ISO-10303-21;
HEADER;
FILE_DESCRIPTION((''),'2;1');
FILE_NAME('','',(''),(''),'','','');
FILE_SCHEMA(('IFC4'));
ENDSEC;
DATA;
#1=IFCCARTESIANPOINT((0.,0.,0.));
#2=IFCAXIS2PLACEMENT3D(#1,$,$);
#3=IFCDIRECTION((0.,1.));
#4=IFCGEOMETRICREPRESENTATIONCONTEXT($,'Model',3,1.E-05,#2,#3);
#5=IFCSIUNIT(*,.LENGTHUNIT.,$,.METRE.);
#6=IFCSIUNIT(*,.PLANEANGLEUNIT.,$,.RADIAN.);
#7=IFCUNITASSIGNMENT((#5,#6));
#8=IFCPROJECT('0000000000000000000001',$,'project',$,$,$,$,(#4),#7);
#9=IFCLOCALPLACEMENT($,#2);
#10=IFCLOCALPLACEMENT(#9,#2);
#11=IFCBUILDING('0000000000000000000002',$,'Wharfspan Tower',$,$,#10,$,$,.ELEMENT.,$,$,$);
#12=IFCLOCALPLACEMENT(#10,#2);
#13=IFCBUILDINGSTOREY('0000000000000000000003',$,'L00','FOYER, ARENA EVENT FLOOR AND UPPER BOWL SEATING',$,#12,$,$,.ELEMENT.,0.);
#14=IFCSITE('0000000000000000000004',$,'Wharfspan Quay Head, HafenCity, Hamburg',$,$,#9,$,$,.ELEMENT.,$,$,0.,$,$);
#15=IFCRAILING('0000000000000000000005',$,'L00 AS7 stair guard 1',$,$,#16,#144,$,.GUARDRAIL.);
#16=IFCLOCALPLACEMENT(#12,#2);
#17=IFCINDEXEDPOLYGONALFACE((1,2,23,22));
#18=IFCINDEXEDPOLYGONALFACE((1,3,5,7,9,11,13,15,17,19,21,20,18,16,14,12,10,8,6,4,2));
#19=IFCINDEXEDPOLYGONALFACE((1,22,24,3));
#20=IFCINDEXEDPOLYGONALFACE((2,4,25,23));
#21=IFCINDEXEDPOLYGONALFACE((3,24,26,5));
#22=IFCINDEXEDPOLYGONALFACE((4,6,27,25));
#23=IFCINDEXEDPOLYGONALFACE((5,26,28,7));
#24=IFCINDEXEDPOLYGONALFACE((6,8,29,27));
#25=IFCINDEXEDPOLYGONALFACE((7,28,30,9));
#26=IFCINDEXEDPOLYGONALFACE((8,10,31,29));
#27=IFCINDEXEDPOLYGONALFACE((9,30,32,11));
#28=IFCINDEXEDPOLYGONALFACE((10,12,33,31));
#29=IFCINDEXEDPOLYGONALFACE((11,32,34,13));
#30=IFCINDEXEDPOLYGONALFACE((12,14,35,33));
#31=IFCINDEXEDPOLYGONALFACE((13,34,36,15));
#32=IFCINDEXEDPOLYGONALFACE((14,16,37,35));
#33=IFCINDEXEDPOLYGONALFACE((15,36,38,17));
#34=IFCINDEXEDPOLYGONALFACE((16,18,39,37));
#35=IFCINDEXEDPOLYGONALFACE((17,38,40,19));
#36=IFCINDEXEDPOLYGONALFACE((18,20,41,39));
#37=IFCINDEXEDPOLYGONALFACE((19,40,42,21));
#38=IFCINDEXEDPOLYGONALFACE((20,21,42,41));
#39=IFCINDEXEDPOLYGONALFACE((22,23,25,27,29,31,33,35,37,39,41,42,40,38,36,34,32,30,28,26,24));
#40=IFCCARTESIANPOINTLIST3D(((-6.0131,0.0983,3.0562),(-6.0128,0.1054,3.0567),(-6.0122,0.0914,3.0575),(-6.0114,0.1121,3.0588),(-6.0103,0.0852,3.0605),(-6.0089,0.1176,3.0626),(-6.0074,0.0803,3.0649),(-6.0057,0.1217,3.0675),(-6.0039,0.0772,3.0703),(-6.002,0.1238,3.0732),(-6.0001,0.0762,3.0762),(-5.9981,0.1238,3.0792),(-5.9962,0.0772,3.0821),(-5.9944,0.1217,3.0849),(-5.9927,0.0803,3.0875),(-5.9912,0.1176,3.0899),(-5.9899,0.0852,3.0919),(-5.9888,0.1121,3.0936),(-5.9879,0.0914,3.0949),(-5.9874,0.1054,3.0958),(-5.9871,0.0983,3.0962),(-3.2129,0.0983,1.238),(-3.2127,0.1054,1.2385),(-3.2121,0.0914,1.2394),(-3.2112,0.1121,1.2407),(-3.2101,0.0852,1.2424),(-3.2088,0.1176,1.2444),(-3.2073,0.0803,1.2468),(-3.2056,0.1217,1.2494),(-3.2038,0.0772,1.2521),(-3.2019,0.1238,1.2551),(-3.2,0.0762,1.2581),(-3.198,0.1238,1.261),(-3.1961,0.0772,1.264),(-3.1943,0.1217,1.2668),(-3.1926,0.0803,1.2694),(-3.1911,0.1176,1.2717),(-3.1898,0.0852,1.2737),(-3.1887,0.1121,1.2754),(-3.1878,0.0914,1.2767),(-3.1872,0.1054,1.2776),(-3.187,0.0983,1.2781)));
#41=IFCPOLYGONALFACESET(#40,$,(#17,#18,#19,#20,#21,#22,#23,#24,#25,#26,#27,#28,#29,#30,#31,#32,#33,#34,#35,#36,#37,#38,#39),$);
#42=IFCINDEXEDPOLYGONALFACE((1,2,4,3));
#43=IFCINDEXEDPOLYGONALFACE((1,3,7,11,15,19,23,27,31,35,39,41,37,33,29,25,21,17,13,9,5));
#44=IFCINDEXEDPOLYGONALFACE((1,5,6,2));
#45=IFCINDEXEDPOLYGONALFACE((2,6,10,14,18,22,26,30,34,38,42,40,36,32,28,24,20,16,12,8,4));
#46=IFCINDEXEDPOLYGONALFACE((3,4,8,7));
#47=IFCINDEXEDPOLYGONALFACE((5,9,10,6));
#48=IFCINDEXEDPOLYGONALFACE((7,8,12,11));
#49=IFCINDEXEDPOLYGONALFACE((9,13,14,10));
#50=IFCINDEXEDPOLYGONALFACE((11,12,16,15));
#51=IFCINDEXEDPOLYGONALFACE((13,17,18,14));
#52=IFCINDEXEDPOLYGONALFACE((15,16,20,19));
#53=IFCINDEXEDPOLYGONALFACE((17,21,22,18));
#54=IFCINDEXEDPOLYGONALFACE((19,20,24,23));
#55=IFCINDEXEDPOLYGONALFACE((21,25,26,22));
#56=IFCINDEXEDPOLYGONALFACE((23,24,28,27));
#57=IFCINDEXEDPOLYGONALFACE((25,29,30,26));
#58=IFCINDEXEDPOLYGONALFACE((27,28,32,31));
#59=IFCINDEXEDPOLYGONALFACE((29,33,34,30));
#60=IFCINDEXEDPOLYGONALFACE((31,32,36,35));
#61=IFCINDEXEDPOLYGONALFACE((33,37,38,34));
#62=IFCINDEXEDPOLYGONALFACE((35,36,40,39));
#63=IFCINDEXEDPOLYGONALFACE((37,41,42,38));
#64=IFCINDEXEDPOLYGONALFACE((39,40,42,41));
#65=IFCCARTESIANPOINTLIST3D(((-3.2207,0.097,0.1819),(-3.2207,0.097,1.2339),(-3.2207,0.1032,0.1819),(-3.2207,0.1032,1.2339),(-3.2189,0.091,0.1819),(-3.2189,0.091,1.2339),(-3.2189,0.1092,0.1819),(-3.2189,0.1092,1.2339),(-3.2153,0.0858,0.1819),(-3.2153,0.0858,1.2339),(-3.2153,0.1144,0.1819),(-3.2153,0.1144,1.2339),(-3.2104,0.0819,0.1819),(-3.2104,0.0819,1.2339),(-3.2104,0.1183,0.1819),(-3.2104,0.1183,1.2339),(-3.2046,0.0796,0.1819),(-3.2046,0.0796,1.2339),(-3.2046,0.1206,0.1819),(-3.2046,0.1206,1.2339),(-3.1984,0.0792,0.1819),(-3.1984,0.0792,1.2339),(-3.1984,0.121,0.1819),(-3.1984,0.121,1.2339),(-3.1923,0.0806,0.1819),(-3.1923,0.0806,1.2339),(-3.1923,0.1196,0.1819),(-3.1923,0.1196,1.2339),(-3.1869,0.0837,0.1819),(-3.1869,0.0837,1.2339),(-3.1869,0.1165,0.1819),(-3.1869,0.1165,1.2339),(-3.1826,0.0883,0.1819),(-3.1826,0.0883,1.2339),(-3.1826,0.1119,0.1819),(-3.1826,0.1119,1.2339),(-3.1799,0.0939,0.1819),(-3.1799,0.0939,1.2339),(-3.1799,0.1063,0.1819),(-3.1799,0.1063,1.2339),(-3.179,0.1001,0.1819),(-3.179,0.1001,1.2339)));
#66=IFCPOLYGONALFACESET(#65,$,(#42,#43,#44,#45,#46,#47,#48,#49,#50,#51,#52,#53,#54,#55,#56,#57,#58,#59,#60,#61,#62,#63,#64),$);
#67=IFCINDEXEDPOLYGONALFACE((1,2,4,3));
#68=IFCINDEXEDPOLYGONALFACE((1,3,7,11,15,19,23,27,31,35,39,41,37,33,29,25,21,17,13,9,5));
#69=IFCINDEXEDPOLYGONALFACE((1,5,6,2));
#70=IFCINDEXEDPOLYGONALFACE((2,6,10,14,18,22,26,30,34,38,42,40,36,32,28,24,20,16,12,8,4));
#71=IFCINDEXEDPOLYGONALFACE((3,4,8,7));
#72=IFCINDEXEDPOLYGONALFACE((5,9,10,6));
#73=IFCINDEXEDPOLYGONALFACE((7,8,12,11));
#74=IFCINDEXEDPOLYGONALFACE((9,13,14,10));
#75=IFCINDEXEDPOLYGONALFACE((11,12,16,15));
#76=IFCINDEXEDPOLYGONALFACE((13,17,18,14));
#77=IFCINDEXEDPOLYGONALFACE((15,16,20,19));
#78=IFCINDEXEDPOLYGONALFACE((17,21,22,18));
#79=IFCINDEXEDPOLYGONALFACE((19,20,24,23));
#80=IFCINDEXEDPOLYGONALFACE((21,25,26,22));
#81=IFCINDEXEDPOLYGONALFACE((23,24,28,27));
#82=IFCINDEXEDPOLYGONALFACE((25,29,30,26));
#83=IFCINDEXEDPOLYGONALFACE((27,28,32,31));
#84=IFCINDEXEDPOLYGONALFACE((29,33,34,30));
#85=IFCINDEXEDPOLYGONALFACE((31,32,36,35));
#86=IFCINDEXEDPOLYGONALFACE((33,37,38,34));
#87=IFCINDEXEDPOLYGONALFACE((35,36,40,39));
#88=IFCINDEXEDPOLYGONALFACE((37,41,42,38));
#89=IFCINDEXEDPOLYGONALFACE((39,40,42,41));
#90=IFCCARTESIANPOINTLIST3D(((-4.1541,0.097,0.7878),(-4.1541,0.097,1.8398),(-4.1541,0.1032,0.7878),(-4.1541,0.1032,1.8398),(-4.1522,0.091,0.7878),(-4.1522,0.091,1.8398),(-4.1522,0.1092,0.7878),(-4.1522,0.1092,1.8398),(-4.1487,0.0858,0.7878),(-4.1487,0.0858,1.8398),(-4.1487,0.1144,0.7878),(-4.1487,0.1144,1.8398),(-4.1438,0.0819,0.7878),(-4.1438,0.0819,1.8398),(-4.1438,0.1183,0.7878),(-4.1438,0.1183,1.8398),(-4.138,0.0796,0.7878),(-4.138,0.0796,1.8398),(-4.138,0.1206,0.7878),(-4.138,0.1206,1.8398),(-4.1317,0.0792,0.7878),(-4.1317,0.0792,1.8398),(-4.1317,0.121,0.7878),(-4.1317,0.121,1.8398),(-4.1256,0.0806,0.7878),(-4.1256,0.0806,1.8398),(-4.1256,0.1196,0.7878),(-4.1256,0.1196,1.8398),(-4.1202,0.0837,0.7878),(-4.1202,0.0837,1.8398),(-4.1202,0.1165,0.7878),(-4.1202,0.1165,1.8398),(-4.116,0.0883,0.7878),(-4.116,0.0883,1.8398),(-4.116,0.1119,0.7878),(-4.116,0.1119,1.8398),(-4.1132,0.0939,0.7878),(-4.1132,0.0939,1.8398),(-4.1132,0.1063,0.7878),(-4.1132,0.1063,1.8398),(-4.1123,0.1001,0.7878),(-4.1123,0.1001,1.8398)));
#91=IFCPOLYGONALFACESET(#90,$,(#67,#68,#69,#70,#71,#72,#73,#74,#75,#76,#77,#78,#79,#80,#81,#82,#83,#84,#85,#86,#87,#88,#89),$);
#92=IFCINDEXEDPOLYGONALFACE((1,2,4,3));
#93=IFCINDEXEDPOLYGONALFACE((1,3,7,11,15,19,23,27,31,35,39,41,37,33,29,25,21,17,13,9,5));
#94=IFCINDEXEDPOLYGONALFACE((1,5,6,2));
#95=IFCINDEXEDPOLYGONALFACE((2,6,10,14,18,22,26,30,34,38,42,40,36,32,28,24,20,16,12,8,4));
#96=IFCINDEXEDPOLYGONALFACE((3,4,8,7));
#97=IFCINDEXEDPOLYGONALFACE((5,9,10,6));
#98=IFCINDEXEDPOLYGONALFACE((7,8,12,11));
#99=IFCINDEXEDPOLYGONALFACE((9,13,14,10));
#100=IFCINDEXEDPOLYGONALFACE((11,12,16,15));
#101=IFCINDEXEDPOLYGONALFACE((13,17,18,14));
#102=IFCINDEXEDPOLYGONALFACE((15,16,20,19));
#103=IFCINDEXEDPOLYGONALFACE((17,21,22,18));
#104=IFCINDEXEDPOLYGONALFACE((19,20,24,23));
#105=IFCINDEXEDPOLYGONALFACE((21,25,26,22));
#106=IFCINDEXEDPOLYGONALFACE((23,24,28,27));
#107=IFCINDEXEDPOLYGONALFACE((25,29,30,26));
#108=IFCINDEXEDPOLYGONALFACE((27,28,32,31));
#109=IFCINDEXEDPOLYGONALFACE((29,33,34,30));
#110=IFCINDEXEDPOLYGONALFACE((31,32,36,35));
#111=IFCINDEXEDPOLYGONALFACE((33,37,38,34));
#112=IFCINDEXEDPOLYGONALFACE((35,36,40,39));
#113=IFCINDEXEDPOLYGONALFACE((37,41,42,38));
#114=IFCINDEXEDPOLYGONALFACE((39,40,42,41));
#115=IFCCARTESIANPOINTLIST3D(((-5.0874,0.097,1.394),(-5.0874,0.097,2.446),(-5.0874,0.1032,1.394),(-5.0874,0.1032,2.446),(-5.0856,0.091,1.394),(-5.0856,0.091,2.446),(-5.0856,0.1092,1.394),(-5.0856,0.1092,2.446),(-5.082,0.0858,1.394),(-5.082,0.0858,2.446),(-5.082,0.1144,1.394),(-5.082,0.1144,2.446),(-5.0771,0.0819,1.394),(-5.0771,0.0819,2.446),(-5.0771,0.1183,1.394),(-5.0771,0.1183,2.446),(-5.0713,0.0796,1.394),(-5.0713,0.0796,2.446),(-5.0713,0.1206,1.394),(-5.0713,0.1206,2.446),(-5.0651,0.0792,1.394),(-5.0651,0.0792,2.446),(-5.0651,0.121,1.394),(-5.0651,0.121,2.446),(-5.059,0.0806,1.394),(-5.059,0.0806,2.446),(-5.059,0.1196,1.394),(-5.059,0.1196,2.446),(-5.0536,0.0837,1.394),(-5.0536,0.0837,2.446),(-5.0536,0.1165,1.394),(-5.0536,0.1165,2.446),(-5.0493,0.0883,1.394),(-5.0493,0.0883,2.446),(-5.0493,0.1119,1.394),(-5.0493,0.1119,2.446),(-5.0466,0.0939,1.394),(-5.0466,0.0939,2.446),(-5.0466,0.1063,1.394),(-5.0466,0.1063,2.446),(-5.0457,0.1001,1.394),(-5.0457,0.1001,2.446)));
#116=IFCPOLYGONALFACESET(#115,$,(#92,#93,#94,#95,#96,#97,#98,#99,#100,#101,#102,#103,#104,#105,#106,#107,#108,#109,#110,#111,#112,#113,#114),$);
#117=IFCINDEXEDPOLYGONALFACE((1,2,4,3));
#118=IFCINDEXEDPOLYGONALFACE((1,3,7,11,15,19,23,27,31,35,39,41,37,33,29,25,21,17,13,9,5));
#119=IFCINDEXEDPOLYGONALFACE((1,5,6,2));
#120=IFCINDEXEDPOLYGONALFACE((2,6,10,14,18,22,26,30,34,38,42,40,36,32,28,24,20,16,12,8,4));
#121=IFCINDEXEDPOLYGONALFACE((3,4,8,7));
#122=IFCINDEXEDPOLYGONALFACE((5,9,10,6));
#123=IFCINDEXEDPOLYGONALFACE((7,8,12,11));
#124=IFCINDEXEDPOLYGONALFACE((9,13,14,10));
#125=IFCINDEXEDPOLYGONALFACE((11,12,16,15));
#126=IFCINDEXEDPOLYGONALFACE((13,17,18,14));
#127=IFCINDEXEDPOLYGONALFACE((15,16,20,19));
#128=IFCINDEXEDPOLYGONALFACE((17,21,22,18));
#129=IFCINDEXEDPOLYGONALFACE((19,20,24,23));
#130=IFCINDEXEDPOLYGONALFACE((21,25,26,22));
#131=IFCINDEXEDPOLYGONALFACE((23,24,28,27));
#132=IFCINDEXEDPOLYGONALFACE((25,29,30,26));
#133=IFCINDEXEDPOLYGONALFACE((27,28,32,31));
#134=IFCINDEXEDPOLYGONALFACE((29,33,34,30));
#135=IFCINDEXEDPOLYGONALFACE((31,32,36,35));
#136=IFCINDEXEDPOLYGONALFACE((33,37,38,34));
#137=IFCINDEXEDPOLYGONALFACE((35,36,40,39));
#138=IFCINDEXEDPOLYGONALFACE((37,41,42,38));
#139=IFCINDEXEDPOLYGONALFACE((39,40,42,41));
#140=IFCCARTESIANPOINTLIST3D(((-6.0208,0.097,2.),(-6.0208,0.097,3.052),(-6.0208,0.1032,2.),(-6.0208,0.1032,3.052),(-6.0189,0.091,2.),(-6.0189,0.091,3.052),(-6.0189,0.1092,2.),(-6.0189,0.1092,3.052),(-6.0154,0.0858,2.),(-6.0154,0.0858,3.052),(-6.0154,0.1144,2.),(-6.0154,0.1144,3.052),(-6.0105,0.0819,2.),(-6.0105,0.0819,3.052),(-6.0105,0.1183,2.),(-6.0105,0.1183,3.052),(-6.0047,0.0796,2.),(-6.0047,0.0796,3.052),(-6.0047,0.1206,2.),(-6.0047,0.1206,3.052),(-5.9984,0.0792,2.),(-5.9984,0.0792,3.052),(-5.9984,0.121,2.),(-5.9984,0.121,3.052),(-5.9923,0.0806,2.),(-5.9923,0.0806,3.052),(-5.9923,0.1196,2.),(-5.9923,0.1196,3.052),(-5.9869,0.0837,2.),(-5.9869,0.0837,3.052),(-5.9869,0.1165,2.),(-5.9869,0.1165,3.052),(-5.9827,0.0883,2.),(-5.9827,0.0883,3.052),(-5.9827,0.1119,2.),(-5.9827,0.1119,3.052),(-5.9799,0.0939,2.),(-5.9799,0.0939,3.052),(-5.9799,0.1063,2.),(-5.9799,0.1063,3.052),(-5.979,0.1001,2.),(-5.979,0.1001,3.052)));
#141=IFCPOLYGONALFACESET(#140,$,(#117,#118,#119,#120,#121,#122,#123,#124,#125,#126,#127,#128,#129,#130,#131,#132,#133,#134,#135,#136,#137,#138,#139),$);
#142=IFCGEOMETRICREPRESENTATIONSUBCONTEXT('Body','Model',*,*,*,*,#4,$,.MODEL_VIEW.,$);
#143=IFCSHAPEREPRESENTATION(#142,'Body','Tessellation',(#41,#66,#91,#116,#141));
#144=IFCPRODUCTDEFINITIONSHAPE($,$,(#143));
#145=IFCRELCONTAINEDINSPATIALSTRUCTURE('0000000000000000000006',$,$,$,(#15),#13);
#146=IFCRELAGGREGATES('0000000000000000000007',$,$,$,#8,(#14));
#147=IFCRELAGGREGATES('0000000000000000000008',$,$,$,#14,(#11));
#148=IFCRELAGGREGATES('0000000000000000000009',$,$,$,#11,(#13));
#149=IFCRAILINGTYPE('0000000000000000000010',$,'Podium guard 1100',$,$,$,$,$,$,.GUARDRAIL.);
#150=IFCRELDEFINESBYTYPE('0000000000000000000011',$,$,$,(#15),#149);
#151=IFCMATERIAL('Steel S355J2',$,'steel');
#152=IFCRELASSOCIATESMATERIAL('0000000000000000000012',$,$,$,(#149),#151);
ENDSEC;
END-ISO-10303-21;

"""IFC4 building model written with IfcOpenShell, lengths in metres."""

from ifc_helpers import new_model, si_unit, direction, frame, origin, origin_2d, place, context, subcontext, project, spatial, circle, extrude, material, type_object, element, save


model = new_model("IFC4")

# Units and contexts
model_context = context("Model", 3, precision=1e-05, world=origin(), true_north=direction((0.0, 1.0)))
body_context = subcontext(model_context, "Body", "Model", "MODEL_VIEW")
ifc_project = project(units=[si_unit("LENGTHUNIT", "METRE"), si_unit("PLANEANGLEUNIT", "RADIAN")], contexts=[model_context])

# Site, building, storey
site_placement = place(None, origin())
site = spatial("IfcSite", under=ifc_project, at=site_placement, Name="Wharfspan Quay Head, HafenCity, Hamburg", CompositionType="ELEMENT", RefElevation=0.0)
building_placement = place(site_placement, origin())
building = spatial("IfcBuilding", under=site, at=building_placement, Name="Wharfspan Tower", CompositionType="ELEMENT")
storey_placement = place(building_placement, origin())
storey = spatial("IfcBuildingStorey", under=building, at=storey_placement, Name="L00", Description="FOYER, ARENA EVENT FLOOR AND UPPER BOWL SEATING", CompositionType="ELEMENT", Elevation=0.0)

# Shared definitions
ifc_material_1 = material(Name="Steel S355J2", Category="steel")

# Railing
railing_type_1 = type_object("IfcRailingType", Name="Podium guard 1100", PredefinedType="GUARDRAIL", material=ifc_material_1)
railing_1_placement = place(storey_placement, frame((-3.2, 0.1001, 0.1819)))
element("IfcRailing", 1, at=railing_1_placement, inside=storey, type_object=railing_type_1, Name="L00 AS7 stair guard 1", PredefinedType="GUARDRAIL", context=body_context, shape_type="SweptSolid", body=[
    extrude(circle(Radius=0.0239, at=origin_2d()), frame((0.0, 0.0, 1.0762), z_axis=(-0.838706, 0.0, 0.544585), x_axis=(0.0, -1.0, 0.0)), (0.0, 0.0, 1.0), 3.3386),
    extrude(circle(Radius=0.021, at=origin_2d()), origin(), (0.0, 0.0, 1.0), 1.052),
    extrude(circle(Radius=0.021, at=origin_2d()), frame((-0.9334, 0.0, 0.606)), (0.0, 0.0, 1.0), 1.052),
    extrude(circle(Radius=0.021, at=origin_2d()), frame((-1.8667, 0.0, 1.2122)), (0.0, 0.0, 1.0), 1.052),
    extrude(circle(Radius=0.021, at=origin_2d()), frame((-2.8, 0.0, 1.8181)), (0.0, 0.0, 1.0), 1.052),
])

save(model, "model.ifc")
